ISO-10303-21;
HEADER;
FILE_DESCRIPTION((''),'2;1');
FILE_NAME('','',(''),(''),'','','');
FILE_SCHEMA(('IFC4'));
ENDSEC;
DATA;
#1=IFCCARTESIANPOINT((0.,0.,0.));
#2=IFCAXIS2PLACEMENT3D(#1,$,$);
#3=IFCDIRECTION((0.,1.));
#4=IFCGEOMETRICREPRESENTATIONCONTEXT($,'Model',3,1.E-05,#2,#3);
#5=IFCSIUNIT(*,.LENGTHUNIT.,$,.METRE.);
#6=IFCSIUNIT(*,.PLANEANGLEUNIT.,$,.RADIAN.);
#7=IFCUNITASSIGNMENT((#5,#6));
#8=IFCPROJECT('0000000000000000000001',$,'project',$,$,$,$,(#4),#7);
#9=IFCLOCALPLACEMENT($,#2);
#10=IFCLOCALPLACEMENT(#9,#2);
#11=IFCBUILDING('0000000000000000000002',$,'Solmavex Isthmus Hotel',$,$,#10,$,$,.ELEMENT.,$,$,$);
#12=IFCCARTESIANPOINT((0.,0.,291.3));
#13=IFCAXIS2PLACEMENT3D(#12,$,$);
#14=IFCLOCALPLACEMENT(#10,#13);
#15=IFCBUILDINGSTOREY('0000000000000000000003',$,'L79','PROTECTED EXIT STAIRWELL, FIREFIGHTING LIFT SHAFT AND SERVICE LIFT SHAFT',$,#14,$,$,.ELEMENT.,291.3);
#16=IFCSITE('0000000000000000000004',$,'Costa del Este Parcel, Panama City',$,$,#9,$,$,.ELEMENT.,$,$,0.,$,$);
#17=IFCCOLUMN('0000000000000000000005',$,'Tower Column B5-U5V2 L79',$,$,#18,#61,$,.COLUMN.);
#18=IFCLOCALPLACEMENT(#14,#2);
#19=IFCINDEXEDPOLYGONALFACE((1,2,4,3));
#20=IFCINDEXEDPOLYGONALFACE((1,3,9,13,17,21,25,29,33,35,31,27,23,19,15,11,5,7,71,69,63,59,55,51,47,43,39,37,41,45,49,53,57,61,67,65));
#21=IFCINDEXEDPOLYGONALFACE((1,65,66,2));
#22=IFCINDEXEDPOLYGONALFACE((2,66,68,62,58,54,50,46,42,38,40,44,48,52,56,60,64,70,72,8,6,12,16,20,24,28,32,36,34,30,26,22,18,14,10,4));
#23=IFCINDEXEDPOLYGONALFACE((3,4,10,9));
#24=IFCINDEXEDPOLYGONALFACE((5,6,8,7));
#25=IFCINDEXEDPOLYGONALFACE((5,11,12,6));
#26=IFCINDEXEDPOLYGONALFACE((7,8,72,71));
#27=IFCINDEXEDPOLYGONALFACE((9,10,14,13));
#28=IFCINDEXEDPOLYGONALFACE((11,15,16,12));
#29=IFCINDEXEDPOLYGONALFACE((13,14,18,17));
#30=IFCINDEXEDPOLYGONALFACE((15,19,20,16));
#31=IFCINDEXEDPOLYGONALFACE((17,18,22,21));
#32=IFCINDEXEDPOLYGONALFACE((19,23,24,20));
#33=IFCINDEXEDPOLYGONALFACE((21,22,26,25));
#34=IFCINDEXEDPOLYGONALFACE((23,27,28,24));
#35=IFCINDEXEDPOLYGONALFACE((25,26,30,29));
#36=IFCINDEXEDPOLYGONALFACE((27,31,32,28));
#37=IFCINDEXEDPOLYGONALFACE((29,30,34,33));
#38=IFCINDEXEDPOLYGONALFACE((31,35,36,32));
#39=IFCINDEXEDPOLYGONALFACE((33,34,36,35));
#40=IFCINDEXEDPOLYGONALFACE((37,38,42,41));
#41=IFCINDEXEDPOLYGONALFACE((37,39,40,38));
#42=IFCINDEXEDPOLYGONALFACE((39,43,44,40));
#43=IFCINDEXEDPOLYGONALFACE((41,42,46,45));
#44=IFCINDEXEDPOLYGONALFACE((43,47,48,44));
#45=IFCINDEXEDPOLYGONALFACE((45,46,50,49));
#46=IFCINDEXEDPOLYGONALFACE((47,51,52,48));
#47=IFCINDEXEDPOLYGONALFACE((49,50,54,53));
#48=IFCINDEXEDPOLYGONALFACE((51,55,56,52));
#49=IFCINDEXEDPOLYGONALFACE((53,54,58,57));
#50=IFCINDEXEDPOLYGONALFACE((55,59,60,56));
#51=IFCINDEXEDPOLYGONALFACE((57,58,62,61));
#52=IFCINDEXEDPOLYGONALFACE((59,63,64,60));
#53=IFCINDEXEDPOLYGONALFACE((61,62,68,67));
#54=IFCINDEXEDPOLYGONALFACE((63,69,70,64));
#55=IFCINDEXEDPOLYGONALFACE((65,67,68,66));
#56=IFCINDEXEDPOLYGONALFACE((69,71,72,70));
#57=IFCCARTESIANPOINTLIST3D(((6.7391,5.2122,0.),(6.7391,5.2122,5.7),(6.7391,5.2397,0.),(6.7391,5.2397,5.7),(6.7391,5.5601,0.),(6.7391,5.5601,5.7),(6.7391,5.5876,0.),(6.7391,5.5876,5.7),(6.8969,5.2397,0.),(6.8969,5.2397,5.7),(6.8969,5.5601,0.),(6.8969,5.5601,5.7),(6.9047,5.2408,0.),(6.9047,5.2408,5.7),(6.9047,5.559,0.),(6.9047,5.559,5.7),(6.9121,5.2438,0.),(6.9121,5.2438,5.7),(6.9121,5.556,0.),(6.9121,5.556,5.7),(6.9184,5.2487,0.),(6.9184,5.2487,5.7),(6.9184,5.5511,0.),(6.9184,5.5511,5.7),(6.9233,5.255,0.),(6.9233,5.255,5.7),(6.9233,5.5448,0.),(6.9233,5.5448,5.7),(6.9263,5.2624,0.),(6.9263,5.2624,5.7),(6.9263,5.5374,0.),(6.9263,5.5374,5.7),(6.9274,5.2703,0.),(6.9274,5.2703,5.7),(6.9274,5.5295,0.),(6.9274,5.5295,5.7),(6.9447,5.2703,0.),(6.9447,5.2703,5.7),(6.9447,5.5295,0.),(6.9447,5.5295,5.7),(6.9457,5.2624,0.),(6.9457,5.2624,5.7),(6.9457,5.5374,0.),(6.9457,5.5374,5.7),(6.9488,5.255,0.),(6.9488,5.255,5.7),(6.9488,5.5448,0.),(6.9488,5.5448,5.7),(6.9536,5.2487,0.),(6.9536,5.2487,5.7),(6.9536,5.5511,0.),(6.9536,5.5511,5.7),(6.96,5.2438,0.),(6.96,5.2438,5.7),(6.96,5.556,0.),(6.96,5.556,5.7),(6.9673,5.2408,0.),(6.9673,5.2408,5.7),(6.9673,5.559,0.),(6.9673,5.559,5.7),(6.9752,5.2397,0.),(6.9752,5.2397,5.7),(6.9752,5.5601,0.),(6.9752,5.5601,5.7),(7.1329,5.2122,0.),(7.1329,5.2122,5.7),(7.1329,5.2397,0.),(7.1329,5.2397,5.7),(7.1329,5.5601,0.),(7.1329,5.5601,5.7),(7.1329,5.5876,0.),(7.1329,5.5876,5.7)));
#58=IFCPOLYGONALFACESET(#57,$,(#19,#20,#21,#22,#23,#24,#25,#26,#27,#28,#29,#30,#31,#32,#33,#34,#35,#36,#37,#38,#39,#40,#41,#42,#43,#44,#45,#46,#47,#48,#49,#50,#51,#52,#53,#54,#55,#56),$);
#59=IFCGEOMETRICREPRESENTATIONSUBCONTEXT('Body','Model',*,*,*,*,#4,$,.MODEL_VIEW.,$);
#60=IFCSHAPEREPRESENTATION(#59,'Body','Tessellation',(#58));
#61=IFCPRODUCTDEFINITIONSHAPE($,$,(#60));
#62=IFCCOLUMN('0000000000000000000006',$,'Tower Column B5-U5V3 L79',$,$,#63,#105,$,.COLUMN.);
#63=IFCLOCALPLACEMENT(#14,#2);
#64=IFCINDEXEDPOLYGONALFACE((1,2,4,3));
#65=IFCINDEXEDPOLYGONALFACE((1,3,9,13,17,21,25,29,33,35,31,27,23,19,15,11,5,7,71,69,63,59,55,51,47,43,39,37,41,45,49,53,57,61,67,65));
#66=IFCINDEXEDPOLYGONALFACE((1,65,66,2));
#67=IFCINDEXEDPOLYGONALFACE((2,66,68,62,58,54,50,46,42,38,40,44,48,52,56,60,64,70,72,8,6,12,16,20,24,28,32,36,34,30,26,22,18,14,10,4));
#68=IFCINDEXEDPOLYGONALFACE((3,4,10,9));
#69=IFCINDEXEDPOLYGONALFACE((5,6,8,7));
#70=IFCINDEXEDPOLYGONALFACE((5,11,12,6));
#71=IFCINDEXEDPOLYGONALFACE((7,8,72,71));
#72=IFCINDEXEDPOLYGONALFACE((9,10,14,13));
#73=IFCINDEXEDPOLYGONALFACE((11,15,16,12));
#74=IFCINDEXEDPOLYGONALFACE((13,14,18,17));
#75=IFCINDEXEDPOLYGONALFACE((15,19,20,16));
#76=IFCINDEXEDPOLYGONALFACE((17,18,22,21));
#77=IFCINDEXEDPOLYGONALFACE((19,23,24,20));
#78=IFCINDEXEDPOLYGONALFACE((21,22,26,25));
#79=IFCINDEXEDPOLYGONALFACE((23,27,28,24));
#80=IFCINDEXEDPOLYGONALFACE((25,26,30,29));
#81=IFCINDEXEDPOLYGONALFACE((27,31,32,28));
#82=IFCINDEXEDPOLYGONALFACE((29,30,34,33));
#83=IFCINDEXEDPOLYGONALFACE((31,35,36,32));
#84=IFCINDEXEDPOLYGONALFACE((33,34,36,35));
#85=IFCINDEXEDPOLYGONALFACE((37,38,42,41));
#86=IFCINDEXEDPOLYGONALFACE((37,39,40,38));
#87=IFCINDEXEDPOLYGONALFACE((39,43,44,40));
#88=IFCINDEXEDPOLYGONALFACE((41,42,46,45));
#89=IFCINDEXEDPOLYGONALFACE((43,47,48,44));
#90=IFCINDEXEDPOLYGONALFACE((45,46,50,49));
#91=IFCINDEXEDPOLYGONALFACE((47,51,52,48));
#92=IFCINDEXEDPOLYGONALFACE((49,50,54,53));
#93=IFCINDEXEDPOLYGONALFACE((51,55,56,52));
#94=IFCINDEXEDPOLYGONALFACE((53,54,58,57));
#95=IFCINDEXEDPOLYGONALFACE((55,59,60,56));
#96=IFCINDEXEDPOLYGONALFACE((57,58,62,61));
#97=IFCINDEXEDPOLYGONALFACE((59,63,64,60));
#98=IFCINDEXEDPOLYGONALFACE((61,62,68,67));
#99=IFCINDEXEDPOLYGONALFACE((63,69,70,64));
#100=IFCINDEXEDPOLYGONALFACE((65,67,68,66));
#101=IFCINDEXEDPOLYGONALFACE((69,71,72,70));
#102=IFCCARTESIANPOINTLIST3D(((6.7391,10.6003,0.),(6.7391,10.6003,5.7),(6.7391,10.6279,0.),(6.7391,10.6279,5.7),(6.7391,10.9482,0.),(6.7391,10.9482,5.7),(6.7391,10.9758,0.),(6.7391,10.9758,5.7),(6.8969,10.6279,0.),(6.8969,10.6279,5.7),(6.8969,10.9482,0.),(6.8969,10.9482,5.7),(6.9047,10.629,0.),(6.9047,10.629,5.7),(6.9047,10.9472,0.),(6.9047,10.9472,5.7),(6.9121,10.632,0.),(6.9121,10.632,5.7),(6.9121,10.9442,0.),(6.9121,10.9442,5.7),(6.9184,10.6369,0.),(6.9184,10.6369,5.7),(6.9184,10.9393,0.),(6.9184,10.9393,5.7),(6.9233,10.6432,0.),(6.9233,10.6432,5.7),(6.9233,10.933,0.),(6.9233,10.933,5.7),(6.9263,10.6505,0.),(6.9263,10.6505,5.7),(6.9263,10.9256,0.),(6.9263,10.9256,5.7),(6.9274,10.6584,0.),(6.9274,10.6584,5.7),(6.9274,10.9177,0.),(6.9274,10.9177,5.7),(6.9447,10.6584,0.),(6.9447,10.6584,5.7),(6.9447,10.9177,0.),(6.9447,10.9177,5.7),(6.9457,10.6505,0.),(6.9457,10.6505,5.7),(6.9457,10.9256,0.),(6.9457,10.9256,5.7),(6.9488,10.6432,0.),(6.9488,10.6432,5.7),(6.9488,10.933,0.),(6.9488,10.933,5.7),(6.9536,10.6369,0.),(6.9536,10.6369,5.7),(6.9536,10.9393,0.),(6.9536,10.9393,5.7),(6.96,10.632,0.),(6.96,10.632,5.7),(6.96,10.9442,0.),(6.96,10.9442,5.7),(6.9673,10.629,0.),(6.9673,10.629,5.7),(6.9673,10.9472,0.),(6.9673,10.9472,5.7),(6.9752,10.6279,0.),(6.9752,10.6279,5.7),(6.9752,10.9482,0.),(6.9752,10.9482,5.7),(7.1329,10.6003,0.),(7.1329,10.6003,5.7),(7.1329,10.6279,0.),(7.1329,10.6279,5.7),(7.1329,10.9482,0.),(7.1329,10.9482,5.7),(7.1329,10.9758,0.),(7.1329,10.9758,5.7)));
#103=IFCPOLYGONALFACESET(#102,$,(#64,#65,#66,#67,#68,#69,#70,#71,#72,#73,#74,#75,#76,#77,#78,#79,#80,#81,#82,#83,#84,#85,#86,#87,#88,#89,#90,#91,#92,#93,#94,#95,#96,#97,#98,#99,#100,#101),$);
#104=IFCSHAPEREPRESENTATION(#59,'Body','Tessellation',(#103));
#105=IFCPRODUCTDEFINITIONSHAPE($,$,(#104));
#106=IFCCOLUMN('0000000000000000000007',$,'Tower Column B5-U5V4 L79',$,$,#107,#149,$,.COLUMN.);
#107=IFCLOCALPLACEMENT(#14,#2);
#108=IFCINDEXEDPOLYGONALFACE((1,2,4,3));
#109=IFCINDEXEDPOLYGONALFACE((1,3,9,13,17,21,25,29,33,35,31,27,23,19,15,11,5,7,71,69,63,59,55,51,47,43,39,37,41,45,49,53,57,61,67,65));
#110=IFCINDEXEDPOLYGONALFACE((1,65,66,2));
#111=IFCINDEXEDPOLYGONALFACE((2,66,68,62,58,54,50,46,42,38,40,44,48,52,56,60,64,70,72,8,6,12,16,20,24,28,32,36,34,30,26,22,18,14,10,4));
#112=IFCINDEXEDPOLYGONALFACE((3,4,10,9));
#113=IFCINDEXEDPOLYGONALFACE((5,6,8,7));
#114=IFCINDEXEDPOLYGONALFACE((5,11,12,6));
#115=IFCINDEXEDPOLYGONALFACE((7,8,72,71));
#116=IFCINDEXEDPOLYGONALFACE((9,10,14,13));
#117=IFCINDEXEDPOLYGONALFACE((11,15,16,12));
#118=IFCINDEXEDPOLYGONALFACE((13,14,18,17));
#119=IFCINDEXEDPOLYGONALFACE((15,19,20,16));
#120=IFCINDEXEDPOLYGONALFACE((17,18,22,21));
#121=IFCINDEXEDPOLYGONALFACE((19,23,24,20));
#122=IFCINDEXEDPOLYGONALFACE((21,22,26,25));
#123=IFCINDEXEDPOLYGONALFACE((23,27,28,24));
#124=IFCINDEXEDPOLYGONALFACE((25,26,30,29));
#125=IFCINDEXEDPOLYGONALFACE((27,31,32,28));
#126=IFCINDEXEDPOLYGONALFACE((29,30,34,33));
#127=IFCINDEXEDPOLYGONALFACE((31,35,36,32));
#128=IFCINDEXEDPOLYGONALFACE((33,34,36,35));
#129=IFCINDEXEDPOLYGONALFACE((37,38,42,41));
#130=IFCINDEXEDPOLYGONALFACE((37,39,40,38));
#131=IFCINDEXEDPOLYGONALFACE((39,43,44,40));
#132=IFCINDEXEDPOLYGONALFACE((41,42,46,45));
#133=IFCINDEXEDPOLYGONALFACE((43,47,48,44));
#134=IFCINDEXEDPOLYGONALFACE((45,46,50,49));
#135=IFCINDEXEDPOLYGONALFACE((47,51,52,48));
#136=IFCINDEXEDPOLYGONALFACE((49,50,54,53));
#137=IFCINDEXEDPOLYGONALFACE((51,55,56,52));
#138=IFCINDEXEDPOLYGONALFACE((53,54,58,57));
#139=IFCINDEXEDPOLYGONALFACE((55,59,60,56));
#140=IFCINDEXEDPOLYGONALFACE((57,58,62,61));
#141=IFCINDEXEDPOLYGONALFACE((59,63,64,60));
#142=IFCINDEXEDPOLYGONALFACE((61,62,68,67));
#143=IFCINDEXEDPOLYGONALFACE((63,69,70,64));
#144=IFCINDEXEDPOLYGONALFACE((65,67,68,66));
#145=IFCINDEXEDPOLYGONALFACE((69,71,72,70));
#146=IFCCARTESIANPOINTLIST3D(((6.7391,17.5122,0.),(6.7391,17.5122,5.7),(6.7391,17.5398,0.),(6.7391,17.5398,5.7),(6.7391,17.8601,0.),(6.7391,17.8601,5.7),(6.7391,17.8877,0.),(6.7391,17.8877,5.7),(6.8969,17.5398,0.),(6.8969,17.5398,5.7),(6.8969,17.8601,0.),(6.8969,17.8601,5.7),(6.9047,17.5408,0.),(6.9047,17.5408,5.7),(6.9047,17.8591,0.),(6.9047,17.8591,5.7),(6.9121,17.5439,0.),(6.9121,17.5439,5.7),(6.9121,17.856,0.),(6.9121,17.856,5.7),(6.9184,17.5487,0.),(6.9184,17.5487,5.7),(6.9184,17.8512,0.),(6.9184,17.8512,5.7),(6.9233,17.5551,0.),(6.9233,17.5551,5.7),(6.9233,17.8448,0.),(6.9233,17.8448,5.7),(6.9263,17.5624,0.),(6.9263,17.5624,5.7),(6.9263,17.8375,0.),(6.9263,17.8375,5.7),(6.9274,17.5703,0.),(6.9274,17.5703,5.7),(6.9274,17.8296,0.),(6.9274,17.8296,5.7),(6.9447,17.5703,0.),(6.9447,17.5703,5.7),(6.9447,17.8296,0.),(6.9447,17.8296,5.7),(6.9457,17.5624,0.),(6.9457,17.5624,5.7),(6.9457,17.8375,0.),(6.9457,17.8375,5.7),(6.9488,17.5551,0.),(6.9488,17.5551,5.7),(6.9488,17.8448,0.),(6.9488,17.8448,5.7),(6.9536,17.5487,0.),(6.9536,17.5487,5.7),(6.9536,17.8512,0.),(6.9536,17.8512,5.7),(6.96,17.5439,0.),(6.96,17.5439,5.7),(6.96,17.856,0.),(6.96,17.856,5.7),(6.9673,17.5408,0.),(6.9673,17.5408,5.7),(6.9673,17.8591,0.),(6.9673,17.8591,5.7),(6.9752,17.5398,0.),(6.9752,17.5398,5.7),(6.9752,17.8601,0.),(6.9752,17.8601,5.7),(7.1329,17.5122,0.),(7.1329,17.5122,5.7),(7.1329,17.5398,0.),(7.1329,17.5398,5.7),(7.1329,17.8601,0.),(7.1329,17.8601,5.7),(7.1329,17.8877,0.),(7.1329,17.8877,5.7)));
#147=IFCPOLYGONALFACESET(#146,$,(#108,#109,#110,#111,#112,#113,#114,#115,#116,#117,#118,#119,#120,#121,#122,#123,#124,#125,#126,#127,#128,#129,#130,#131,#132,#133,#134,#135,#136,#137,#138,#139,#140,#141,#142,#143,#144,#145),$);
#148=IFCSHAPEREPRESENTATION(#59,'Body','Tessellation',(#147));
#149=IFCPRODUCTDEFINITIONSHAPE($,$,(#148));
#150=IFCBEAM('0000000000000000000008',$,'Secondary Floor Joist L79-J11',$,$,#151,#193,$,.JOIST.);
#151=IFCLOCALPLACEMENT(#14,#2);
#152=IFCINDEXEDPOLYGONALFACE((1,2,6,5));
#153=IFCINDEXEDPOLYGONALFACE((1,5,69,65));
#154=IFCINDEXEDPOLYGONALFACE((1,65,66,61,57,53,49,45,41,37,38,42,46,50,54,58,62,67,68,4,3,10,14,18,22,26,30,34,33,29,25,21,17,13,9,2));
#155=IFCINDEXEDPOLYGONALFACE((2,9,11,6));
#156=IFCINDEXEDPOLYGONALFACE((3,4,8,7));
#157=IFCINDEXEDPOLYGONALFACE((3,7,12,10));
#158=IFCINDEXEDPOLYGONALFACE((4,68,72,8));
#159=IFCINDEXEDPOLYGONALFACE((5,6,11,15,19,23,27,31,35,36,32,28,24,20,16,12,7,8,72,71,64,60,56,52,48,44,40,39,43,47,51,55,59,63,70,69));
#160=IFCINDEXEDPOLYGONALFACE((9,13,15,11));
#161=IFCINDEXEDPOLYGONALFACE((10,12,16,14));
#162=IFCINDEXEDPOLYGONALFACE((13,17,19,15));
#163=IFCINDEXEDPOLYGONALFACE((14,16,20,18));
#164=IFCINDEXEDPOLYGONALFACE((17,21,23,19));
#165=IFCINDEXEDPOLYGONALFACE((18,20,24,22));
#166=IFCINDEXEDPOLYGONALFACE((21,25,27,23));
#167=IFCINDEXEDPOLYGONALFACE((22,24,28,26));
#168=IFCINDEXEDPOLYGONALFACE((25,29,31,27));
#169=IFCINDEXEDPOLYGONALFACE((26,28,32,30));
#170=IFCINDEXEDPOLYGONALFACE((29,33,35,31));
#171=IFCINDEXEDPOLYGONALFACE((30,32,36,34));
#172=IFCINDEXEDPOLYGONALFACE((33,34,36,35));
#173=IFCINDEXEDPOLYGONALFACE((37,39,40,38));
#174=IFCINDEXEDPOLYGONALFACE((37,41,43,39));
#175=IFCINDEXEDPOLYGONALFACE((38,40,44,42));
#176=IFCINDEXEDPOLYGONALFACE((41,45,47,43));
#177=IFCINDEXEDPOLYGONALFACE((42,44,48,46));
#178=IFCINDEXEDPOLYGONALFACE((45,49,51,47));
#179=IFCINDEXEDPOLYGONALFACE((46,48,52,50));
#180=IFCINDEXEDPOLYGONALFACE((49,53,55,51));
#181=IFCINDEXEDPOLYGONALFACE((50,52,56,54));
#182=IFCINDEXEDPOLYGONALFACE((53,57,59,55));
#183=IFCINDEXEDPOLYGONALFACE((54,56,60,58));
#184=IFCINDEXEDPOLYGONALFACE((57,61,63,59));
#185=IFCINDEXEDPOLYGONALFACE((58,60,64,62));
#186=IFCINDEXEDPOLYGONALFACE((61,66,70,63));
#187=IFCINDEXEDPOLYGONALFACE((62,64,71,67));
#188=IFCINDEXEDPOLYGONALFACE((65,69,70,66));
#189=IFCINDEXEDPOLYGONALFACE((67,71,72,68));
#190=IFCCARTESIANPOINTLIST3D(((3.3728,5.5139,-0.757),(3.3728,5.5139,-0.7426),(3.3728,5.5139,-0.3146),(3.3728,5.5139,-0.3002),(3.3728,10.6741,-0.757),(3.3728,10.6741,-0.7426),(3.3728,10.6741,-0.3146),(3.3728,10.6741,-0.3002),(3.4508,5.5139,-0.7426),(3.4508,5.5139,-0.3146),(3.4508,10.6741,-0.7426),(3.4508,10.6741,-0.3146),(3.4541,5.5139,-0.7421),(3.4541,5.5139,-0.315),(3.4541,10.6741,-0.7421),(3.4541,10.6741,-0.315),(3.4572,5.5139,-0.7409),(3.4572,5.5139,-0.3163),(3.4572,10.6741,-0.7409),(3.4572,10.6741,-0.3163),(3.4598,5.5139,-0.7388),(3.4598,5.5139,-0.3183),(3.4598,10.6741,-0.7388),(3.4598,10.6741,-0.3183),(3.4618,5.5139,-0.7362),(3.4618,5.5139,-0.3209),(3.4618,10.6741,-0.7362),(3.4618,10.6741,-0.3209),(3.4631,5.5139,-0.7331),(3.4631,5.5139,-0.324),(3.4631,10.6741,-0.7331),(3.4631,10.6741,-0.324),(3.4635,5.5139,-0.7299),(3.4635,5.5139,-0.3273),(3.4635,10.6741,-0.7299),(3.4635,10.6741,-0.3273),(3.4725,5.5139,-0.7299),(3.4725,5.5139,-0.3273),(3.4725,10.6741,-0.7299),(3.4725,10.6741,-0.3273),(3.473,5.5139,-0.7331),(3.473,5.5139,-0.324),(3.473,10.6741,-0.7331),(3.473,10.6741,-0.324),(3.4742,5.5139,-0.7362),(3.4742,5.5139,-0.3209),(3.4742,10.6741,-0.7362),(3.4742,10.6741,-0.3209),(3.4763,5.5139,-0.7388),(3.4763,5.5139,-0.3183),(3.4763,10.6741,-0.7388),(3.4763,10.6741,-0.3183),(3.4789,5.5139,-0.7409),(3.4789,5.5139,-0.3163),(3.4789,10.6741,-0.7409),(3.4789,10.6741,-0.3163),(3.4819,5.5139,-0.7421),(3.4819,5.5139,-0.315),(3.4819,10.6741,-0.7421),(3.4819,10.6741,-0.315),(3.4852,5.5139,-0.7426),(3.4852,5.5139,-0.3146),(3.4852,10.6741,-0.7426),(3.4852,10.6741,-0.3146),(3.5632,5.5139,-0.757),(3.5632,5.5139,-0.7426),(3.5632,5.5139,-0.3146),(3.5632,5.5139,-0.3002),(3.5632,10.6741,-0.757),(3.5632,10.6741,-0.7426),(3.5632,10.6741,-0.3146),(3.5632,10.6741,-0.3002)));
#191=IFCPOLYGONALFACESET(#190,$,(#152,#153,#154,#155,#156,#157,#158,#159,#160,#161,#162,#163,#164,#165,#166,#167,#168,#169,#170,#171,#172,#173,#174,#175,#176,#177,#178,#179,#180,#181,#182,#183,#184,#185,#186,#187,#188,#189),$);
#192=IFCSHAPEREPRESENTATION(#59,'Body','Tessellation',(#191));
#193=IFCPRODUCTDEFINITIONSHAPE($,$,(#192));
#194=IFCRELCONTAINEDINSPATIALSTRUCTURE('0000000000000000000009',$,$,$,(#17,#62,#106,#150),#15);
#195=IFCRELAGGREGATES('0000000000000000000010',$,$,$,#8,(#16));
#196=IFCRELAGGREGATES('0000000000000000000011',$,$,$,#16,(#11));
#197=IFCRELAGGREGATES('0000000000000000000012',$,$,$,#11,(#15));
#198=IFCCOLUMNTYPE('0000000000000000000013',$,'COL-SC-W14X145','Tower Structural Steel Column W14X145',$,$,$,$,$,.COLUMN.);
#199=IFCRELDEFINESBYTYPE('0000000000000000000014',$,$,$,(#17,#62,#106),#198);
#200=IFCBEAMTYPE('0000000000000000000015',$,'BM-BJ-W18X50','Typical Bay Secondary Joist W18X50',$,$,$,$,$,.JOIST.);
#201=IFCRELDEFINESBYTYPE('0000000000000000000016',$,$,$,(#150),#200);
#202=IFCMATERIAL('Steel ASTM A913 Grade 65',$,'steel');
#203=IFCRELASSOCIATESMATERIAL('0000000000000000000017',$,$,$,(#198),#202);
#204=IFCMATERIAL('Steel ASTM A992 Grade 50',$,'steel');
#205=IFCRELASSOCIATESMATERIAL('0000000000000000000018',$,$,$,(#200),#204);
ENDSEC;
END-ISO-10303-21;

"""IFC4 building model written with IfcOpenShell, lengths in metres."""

from ifc_helpers import new_model, si_unit, direction, frame, origin, origin_2d, place, context, subcontext, project, spatial, i_section, extrude, material, material_profile, profile_set, type_object, element, save


model = new_model("IFC4")

# Units and contexts
model_context = context("Model", 3, precision=1e-05, world=origin(), true_north=direction((0.0, 1.0)))
body_context = subcontext(model_context, "Body", "Model", "MODEL_VIEW")
ifc_project = project(units=[si_unit("LENGTHUNIT", "METRE"), si_unit("PLANEANGLEUNIT", "RADIAN")], contexts=[model_context])

# Site, building, storey
site_placement = place(None, origin())
site = spatial("IfcSite", under=ifc_project, at=site_placement, Name="Costa del Este Parcel, Panama City", CompositionType="ELEMENT", RefElevation=0.0)
building_placement = place(site_placement, origin())
building = spatial("IfcBuilding", under=site, at=building_placement, Name="Solmavex Isthmus Hotel", CompositionType="ELEMENT")
storey_placement = place(building_placement, frame((0.0, 0.0, 291.3)))
storey = spatial("IfcBuildingStorey", under=building, at=storey_placement, Name="L79", Description="PROTECTED EXIT STAIRWELL, FIREFIGHTING LIFT SHAFT AND SERVICE LIFT SHAFT", CompositionType="ELEMENT", Elevation=291.3)

# Columns
ifc_material_1 = material(Name="Steel ASTM A913 Grade 65", Category="steel")
ifc_material_profile_1 = material_profile(ifc_material_1, i_section(OverallWidth=0.3938, OverallDepth=0.3755, WebThickness=0.0173, FlangeThickness=0.0276, FilletRadius=0.0305, at=origin_2d()), Name="W14X145")
ifc_profile_set_1 = profile_set([ifc_material_profile_1], Name="Steel ASTM A913 Grade 65")
column_type = type_object("IfcColumnType", Name="COL-SC-W14X145", Description="Tower Structural Steel Column W14X145", PredefinedType="COLUMN", material=ifc_profile_set_1)
for number, where, z_axis, x_axis, name in (
    (1, (6.936, 5.3999, 0.0), (0.0, 0.0, 1.0), (1.0, 0.0, 0.0), "Tower Column B5-U5V2 L79"),
    (2, (6.936, 10.7881, 0.0), (0.0, 0.0, 1.0), (1.0, 0.0, 0.0), "Tower Column B5-U5V3 L79"),
    (3, (6.936, 17.7, 0.0), (0.0, 0.0, 1.0), (1.0, 0.0, 0.0), "Tower Column B5-U5V4 L79"),
):
    element("IfcColumn", number, at=place(storey_placement, frame(where, z_axis=z_axis, x_axis=x_axis)), inside=storey, type_object=column_type, Name=name, PredefinedType="COLUMN", context=body_context, shape_type="SweptSolid", body=[
        extrude(i_section(OverallWidth=0.3938, OverallDepth=0.3755, WebThickness=0.0173, FlangeThickness=0.0276, FilletRadius=0.0305, at=origin_2d()), origin(), (0.0, 0.0, 1.0), 5.7),
    ])

# Beam
ifc_material_2 = material(Name="Steel ASTM A992 Grade 50", Category="steel")
ifc_material_profile_2 = material_profile(ifc_material_2, i_section(OverallWidth=0.1904, OverallDepth=0.4568, WebThickness=0.009, FlangeThickness=0.0144, FilletRadius=0.0127, at=origin_2d()), Name="W18X50")
ifc_profile_set_2 = profile_set([ifc_material_profile_2], Name="Steel ASTM A992 Grade 50")
beam_type_1 = type_object("IfcBeamType", Name="BM-BJ-W18X50", Description="Typical Bay Secondary Joist W18X50", PredefinedType="JOIST", material=ifc_profile_set_2)
beam_1_placement = place(storey_placement, frame((3.468, 5.5139, -0.5286), z_axis=(0.0, 1.0, 0.0), x_axis=(-1.0, 0.0, 0.0)))
element("IfcBeam", 4, at=beam_1_placement, inside=storey, type_object=beam_type_1, Name="Secondary Floor Joist L79-J11", PredefinedType="JOIST", context=body_context, shape_type="SweptSolid", body=[
    extrude(i_section(OverallWidth=0.1904, OverallDepth=0.4568, WebThickness=0.009, FlangeThickness=0.0144, FilletRadius=0.0127, at=origin_2d()), origin(), (0.0, 0.0, 1.0), 5.1602),
])

save(model, "model.ifc")
